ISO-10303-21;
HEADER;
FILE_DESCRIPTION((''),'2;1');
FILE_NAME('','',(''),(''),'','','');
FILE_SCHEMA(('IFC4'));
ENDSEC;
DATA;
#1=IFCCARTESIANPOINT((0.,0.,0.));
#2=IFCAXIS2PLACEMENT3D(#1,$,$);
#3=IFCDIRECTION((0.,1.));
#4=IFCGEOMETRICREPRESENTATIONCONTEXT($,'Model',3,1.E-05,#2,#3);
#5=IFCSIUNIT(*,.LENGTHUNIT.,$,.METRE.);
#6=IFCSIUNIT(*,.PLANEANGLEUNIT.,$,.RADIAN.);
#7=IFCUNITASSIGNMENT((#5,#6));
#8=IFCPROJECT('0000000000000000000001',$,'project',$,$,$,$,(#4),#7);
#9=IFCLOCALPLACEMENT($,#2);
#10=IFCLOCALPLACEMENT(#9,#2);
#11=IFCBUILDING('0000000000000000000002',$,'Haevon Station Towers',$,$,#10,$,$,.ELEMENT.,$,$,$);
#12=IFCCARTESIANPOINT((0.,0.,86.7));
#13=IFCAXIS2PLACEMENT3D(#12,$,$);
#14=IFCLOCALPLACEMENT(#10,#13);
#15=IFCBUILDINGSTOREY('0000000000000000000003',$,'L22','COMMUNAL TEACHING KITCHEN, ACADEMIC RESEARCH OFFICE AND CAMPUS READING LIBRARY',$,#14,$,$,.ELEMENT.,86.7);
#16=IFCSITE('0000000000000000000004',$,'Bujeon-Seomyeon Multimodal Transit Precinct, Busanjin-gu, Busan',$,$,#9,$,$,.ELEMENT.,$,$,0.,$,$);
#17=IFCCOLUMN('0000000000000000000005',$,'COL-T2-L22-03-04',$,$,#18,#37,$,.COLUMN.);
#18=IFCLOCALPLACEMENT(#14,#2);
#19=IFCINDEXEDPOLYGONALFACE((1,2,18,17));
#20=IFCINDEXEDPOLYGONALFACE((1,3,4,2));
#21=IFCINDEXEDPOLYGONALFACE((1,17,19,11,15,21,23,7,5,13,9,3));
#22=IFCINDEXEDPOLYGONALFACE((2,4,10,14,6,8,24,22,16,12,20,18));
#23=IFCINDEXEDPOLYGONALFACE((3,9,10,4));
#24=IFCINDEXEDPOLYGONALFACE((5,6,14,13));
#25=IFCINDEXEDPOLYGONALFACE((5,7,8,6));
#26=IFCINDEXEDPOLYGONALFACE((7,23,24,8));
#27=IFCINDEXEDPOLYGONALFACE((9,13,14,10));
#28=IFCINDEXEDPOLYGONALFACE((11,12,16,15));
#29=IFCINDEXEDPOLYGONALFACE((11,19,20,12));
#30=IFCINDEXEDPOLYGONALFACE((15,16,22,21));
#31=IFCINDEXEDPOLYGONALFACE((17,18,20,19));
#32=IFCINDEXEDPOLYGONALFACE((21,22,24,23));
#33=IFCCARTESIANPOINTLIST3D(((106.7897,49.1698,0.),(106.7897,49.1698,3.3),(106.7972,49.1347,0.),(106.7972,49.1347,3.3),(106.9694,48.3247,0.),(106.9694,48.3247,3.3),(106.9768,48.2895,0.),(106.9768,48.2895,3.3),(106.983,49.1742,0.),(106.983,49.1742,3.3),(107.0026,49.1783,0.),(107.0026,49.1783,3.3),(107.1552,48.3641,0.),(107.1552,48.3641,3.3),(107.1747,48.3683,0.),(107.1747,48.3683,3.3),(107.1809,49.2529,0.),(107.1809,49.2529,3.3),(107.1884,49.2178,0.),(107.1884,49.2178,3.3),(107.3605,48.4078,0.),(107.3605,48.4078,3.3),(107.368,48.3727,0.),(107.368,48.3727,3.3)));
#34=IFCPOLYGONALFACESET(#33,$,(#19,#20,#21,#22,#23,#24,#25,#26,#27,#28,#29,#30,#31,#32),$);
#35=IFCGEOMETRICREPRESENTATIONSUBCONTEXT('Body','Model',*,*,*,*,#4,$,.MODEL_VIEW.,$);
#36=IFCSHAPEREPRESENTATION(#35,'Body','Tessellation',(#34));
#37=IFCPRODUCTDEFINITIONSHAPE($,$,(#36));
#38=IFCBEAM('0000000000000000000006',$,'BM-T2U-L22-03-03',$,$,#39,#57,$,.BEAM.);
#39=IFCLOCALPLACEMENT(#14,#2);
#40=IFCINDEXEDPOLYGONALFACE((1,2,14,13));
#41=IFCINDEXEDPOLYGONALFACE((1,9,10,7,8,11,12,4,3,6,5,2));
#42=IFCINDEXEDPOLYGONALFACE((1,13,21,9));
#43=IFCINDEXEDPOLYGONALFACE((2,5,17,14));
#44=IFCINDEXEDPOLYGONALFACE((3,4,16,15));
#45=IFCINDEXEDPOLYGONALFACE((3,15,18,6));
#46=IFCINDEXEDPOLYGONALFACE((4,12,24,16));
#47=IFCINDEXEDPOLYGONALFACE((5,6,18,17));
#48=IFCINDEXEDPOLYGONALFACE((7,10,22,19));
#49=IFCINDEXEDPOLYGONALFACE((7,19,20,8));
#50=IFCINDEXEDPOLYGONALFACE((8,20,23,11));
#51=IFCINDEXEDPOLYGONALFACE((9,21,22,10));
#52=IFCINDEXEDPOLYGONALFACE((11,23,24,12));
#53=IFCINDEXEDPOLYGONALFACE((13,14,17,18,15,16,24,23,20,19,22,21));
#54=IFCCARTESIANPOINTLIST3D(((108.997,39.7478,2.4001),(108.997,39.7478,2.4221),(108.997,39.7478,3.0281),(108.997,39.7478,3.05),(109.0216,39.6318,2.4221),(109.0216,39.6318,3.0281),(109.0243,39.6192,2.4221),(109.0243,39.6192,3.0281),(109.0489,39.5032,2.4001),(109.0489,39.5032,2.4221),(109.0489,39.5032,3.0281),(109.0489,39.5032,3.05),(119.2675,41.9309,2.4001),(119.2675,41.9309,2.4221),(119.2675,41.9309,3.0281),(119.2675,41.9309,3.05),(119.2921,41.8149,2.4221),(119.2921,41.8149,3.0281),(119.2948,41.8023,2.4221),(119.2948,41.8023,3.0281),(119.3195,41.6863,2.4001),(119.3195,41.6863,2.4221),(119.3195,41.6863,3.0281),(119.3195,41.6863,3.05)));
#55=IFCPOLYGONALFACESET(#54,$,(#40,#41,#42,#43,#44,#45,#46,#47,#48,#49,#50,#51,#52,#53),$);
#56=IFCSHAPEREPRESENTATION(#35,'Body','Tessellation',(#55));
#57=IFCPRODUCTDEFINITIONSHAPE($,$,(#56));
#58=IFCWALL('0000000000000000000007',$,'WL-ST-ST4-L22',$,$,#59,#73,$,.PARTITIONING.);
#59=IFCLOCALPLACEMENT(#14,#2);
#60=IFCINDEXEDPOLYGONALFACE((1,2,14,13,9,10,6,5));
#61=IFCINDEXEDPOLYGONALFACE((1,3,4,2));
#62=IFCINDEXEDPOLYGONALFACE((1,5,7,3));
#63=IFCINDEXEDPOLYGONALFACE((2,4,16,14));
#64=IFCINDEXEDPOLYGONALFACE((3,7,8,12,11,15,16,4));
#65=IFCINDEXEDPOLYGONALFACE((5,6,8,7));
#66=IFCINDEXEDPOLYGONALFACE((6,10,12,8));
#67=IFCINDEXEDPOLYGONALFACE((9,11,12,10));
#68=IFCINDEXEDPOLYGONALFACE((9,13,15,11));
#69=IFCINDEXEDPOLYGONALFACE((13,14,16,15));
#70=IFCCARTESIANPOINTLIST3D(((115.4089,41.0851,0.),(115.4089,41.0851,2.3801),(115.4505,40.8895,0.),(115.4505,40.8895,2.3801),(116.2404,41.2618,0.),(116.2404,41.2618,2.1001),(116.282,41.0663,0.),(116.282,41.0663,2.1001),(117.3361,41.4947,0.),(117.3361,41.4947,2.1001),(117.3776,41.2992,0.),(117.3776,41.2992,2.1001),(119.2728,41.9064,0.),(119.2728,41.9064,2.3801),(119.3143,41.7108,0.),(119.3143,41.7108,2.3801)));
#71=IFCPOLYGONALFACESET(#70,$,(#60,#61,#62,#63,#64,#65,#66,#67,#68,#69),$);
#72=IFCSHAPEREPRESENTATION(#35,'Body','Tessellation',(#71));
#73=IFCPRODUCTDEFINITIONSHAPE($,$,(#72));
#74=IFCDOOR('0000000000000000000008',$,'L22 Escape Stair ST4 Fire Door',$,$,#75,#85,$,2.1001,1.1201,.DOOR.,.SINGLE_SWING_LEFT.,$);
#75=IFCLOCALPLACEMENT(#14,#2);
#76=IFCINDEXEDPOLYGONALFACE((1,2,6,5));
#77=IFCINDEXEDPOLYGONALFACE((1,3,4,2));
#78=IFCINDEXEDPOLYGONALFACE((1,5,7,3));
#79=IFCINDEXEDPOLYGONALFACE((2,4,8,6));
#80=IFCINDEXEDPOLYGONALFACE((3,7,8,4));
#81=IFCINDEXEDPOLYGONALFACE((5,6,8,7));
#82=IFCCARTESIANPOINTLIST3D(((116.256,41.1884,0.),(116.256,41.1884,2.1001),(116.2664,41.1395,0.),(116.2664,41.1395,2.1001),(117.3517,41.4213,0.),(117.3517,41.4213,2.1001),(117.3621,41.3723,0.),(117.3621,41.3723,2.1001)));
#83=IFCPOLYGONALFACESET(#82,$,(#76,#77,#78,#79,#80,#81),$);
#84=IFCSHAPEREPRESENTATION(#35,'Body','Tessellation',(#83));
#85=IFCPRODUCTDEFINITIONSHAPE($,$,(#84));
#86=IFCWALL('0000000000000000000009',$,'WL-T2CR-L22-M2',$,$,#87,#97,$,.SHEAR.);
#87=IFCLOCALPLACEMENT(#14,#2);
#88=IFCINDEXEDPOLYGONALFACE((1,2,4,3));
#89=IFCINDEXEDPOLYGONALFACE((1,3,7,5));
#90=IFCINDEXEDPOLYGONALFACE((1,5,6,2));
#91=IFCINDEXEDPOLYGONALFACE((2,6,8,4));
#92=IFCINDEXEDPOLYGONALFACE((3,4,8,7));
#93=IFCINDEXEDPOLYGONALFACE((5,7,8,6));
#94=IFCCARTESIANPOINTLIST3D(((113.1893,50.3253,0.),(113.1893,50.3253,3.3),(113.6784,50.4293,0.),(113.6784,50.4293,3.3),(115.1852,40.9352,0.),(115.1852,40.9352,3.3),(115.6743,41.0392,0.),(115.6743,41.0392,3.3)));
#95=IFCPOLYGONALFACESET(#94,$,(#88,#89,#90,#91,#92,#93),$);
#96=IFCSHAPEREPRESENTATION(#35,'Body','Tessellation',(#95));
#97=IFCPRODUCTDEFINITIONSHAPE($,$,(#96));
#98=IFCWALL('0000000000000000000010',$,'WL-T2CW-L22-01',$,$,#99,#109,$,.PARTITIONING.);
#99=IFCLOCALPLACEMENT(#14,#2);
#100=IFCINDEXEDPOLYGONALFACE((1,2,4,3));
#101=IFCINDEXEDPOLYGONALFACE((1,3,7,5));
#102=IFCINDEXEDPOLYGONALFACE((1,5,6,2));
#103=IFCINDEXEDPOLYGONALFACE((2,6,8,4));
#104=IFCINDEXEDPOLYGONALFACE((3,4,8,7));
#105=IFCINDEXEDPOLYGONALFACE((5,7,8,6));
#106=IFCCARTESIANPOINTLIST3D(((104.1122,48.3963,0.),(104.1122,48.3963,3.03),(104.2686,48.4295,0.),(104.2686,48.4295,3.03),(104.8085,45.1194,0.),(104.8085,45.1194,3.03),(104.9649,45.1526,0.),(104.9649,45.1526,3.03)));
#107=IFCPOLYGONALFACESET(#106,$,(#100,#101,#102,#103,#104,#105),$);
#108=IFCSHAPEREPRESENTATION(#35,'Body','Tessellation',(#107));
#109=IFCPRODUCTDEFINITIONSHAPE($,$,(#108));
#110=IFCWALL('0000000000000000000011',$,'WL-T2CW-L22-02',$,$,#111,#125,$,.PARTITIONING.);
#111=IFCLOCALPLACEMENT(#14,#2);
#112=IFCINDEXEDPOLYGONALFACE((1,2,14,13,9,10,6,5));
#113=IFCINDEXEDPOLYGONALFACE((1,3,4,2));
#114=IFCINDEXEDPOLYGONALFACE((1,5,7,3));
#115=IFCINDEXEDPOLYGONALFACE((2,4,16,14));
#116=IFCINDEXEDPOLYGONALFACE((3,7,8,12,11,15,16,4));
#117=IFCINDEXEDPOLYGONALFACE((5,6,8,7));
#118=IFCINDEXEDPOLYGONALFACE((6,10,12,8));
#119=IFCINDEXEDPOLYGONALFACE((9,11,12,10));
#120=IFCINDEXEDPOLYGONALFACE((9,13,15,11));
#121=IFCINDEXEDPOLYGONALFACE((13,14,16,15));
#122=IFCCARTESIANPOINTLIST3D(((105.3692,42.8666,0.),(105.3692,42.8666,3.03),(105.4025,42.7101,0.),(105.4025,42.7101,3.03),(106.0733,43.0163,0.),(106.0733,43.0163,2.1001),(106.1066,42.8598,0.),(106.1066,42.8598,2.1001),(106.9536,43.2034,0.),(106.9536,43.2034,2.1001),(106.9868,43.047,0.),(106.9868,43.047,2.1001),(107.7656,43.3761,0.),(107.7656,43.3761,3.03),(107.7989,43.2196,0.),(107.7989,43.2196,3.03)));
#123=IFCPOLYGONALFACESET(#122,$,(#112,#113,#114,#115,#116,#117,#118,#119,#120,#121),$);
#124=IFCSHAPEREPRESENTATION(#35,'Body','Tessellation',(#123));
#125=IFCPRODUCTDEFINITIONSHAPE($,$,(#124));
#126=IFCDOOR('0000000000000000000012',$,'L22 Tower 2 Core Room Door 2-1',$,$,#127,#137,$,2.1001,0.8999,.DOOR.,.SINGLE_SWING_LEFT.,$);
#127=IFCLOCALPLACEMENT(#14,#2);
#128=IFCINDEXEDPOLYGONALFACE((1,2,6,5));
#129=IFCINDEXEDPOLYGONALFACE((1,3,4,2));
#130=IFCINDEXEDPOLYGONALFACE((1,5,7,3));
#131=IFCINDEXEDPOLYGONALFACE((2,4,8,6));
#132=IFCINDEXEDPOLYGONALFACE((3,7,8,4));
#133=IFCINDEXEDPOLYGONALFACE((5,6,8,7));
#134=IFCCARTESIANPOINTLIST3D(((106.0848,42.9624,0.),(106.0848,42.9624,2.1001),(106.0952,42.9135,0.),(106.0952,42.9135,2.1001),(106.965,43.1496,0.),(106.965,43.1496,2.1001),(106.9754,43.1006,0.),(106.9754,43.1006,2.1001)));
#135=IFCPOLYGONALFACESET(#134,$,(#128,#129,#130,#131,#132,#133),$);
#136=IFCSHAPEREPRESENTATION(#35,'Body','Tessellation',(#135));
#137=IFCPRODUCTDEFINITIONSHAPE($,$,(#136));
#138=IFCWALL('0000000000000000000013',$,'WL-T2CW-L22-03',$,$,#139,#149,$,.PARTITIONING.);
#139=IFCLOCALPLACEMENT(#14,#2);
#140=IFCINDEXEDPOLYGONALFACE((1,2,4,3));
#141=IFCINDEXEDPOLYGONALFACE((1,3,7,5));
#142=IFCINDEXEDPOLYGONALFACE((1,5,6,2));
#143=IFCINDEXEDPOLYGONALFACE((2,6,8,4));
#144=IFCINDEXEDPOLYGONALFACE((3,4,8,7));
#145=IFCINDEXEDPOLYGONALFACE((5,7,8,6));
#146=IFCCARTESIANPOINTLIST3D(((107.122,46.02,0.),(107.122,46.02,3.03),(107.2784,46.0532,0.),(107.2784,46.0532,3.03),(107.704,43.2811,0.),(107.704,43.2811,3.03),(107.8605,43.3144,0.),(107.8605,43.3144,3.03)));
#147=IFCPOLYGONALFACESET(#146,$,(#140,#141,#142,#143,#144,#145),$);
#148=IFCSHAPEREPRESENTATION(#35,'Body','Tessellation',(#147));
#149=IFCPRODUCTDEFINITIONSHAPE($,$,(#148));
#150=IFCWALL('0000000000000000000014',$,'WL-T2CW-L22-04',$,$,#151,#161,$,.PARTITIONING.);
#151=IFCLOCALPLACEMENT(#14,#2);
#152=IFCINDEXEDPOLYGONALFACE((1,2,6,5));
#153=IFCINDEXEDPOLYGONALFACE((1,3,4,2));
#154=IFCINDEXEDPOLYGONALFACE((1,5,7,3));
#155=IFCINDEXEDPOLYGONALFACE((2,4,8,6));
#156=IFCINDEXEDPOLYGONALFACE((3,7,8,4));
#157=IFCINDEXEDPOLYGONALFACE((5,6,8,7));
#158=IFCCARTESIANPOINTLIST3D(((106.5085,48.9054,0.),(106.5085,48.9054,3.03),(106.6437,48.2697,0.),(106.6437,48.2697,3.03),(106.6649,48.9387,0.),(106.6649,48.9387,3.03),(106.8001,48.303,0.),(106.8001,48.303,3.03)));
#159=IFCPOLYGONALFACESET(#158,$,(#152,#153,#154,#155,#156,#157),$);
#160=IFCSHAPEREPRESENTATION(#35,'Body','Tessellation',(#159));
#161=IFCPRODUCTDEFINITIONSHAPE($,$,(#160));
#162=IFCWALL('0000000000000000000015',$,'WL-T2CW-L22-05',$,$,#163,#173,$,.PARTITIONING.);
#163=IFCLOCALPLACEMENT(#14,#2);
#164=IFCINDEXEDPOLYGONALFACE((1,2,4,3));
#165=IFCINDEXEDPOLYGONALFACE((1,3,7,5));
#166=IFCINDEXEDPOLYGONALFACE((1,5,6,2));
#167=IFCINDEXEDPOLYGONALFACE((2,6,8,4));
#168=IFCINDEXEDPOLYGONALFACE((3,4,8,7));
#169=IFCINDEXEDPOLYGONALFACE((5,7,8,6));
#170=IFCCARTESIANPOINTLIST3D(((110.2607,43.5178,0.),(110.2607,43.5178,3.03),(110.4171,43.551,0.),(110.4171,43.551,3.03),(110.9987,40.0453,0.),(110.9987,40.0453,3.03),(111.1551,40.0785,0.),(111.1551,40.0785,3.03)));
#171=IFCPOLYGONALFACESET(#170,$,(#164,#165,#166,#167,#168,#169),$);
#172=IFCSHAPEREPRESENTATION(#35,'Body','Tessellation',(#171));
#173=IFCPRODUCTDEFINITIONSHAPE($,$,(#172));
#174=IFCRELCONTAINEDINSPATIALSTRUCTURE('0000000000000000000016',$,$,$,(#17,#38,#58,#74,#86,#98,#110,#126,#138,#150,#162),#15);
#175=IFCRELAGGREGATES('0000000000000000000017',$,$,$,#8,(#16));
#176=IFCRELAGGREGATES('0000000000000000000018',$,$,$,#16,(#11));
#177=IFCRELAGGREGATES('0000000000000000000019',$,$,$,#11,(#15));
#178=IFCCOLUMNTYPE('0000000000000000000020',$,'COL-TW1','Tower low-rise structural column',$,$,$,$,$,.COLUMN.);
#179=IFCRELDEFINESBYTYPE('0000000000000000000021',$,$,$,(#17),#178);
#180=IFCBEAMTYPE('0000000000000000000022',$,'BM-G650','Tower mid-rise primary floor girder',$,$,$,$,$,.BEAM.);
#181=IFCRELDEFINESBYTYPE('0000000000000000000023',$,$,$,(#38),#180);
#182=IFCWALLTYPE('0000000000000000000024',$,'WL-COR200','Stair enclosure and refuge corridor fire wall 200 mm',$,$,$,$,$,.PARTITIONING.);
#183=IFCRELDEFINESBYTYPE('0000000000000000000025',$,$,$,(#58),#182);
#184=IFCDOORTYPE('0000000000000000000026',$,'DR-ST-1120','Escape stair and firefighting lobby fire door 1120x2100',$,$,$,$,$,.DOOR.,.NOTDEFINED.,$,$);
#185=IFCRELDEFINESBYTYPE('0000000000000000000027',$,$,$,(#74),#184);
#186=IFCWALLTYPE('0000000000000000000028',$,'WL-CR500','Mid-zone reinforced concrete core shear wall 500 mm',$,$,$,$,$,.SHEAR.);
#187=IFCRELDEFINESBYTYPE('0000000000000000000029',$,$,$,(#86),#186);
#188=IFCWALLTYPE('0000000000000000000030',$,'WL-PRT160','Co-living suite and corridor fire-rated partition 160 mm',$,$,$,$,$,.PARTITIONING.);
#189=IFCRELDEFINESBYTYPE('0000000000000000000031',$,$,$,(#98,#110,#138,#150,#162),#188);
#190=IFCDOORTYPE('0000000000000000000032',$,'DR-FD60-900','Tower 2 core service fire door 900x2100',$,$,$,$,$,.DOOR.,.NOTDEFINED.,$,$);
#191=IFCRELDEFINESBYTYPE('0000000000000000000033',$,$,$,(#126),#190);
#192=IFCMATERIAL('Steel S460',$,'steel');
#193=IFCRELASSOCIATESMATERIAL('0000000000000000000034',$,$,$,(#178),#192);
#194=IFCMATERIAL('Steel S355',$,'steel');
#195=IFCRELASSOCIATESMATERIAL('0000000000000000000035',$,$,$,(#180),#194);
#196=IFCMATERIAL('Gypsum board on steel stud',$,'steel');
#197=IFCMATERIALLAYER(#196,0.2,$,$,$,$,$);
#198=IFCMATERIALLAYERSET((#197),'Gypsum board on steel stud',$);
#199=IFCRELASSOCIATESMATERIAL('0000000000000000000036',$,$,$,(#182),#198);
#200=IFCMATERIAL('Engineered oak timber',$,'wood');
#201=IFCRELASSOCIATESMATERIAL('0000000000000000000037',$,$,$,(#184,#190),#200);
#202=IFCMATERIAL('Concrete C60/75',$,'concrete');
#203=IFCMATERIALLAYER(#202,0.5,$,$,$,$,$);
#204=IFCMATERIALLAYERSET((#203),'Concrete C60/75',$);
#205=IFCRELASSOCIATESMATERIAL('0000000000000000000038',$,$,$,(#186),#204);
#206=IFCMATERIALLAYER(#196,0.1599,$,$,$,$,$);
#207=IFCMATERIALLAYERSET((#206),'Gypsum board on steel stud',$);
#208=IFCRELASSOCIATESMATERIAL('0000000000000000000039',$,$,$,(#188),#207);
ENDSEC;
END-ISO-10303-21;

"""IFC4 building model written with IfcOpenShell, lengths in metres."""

from ifc_helpers import new_model, si_unit, direction, frame, frame_2d, origin, origin_2d, place, context, subcontext, project, spatial, rectangle, i_section, extrude, material, layer, layer_set, material_profile, profile_set, type_object, element, fill, save


model = new_model("IFC4")

# Units and contexts
model_context = context("Model", 3, precision=1e-05, world=origin(), true_north=direction((0.0, 1.0)))
body_context = subcontext(model_context, "Body", "Model", "MODEL_VIEW")
ifc_project = project(units=[si_unit("LENGTHUNIT", "METRE"), si_unit("PLANEANGLEUNIT", "RADIAN")], contexts=[model_context])

# Site, building, storey
site_placement = place(None, origin())
site = spatial("IfcSite", under=ifc_project, at=site_placement, Name="Bujeon-Seomyeon Multimodal Transit Precinct, Busanjin-gu, Busan", CompositionType="ELEMENT", RefElevation=0.0)
building_placement = place(site_placement, origin())
building = spatial("IfcBuilding", under=site, at=building_placement, Name="Haevon Station Towers", CompositionType="ELEMENT")
storey_placement = place(building_placement, frame((0.0, 0.0, 86.7)))
storey = spatial("IfcBuildingStorey", under=building, at=storey_placement, Name="L22", Description="COMMUNAL TEACHING KITCHEN, ACADEMIC RESEARCH OFFICE AND CAMPUS READING LIBRARY", CompositionType="ELEMENT", Elevation=86.7)

# Column
ifc_material_1 = material(Name="Steel S460", Category="steel")
ifc_material_profile_1 = material_profile(ifc_material_1, i_section(OverallWidth=0.3999, OverallDepth=0.8999, WebThickness=0.02, FlangeThickness=0.0359, at=origin_2d()), Name="H-900x400x20x36")
ifc_profile_set_1 = profile_set([ifc_material_profile_1], Name="Steel S460")
column_type = type_object("IfcColumnType", Name="COL-TW1", Description="Tower low-rise structural column", PredefinedType="COLUMN", material=ifc_profile_set_1)
column_placement = place(storey_placement, frame((107.0789, 48.7712, 0.0), z_axis=(0.0, 0.0, 1.0), x_axis=(0.978148, 0.207912, 0.0)))
element("IfcColumn", 1, at=column_placement, inside=storey, type_object=column_type, Name="COL-T2-L22-03-04", PredefinedType="COLUMN", context=body_context, shape_type="SweptSolid", body=[
    extrude(i_section(OverallWidth=0.3999, OverallDepth=0.8999, WebThickness=0.02, FlangeThickness=0.0359, at=origin_2d()), origin(), (0.0, 0.0, 1.0), 3.3),
])

# Beam
ifc_material_2 = material(Name="Steel S355", Category="steel")
ifc_material_profile_2 = material_profile(ifc_material_2, i_section(OverallWidth=0.25, OverallDepth=0.6499, WebThickness=0.0129, FlangeThickness=0.022, at=origin_2d()), Name="H-650x250x13x22")
ifc_profile_set_2 = profile_set([ifc_material_profile_2], Name="Steel S355")
beam_type = type_object("IfcBeamType", Name="BM-G650", Description="Tower mid-rise primary floor girder", PredefinedType="BEAM", material=ifc_profile_set_2)
beam_placement = place(storey_placement, frame((109.0229, 39.6255, 2.7251), z_axis=(0.978147, 0.207915, 0.0), x_axis=(-0.207915, 0.978147, 0.0)))
element("IfcBeam", 2, at=beam_placement, inside=storey, type_object=beam_type, Name="BM-T2U-L22-03-03", PredefinedType="BEAM", context=body_context, shape_type="SweptSolid", body=[
    extrude(i_section(OverallWidth=0.25, OverallDepth=0.6499, WebThickness=0.0129, FlangeThickness=0.022, at=origin_2d()), origin(), (0.0, 0.0, 1.0), 10.5),
])

# Wall, opening, door
ifc_material_3 = material(Name="Gypsum board on steel stud", Category="steel")
ifc_layer_1 = layer(ifc_material_3, 0.2)
ifc_layer_set_1 = layer_set([ifc_layer_1], Name="Gypsum board on steel stud")
wall_type_1 = type_object("IfcWallType", Name="WL-COR200", Description="Stair enclosure and refuge corridor fire wall 200 mm", PredefinedType="PARTITIONING", material=ifc_layer_set_1)
wall_1_placement = place(storey_placement, frame((115.4297, 40.9873, 0.0), z_axis=(0.0, 0.0, 1.0), x_axis=(0.978147, 0.207916, 0.0)))
wall_1 = element("IfcWall", 3, at=wall_1_placement, inside=storey, type_object=wall_type_1, Name="WL-ST-ST4-L22", PredefinedType="PARTITIONING", context=body_context, shape_type="SweptSolid", body=[
    extrude(rectangle(XDim=3.9502, YDim=0.2, at=frame_2d((1.9751, 0.0))), origin(), (0.0, 0.0, 1.0), 2.3801),
])
opening_1_placement = place(wall_1_placement, frame((0.8501, 0.0, 0.0)))
opening_1 = element("IfcOpeningElement", 4, at=opening_1_placement, cuts=wall_1, PredefinedType="OPENING", context=body_context, shape_type="SweptSolid", body=[
    extrude(rectangle(XDim=1.1201, YDim=2.1001, at=frame_2d((0.5601, 1.05))), frame((0.0, 0.1099, 0.0), z_axis=(0.0, -1.0, 0.0), x_axis=(1.0, 0.0, 0.0)), (0.0, 0.0, 1.0), 0.22),
])
ifc_material_4 = material(Name="Engineered oak timber", Category="wood")
door_type_1 = type_object("IfcDoorType", Name="DR-ST-1120", Description="Escape stair and firefighting lobby fire door 1120x2100", OperationType="NOTDEFINED", PredefinedType="DOOR", material=ifc_material_4)
door_1_placement = place(opening_1_placement, origin())
door_1 = element("IfcDoor", 5, at=door_1_placement, inside=storey, type_object=door_type_1, Name="L22 Escape Stair ST4 Fire Door", OperationType="SINGLE_SWING_LEFT", OverallHeight=2.1001, OverallWidth=1.1201, PredefinedType="DOOR", context=body_context, shape_type="SweptSolid", body=[
    extrude(rectangle(XDim=1.1201, YDim=2.1001, at=frame_2d((0.5601, 1.05))), frame((0.0, 0.0249, 0.0), z_axis=(0.0, -1.0, 0.0), x_axis=(1.0, 0.0, 0.0)), (0.0, 0.0, 1.0), 0.05),
])
fill(opening_1, door_1)

# Walls
ifc_material_5 = material(Name="Concrete C60/75", Category="concrete")
ifc_layer_2 = layer(ifc_material_5, 0.5)
ifc_layer_set_2 = layer_set([ifc_layer_2], Name="Concrete C60/75")
wall_type_2 = type_object("IfcWallType", Name="WL-CR500", Description="Mid-zone reinforced concrete core shear wall 500 mm", PredefinedType="SHEAR", material=ifc_layer_set_2)
wall_2_placement = place(storey_placement, frame((115.4297, 40.9873, 0.0), z_axis=(0.0, 0.0, 1.0), x_axis=(-0.207903, 0.978149, 0.0)))
element("IfcWall", 6, at=wall_2_placement, inside=storey, type_object=wall_type_2, Name="WL-T2CR-L22-M2", PredefinedType="SHEAR", context=body_context, shape_type="SweptSolid", body=[
    extrude(rectangle(XDim=9.5999, YDim=0.5, at=frame_2d((4.7998, 0.0))), origin(), (0.0, 0.0, 1.0), 3.3),
])
ifc_layer_3 = layer(ifc_material_3, 0.1599)
ifc_layer_set_3 = layer_set([ifc_layer_3], Name="Gypsum board on steel stud")
wall_type_3 = type_object("IfcWallType", Name="WL-PRT160", Description="Co-living suite and corridor fire-rated partition 160 mm", PredefinedType="PARTITIONING", material=ifc_layer_set_3)
wall_3_placement = place(storey_placement, frame((104.8867, 45.136, 0.0), z_axis=(0.0, 0.0, 1.0), x_axis=(-0.207847, 0.978161, 0.0)))
element("IfcWall", 7, at=wall_3_placement, inside=storey, type_object=wall_type_3, Name="WL-T2CW-L22-01", PredefinedType="PARTITIONING", context=body_context, shape_type="SweptSolid", body=[
    extrude(rectangle(XDim=3.3501, YDim=0.1599, at=frame_2d((1.675, 0.0))), origin(), (0.0, 0.0, 1.0), 3.03),
])

# Wall, opening, door
wall_4_placement = place(storey_placement, frame((105.3857, 42.7883, 0.0), z_axis=(0.0, 0.0, 1.0), x_axis=(0.978137, 0.207964, 0.0)))
wall_4 = element("IfcWall", 8, at=wall_4_placement, inside=storey, type_object=wall_type_3, Name="WL-T2CW-L22-02", PredefinedType="PARTITIONING", context=body_context, shape_type="SweptSolid", body=[
    extrude(rectangle(XDim=2.45, YDim=0.1599, at=frame_2d((1.2251, 0.0))), origin(), (0.0, 0.0, 1.0), 3.03),
])
opening_2_placement = place(wall_4_placement, frame((0.72, 0.0, 0.0)))
opening_2 = element("IfcOpeningElement", 9, at=opening_2_placement, cuts=wall_4, PredefinedType="OPENING", context=body_context, shape_type="SweptSolid", body=[
    extrude(rectangle(XDim=0.8999, YDim=2.1001, at=frame_2d((0.45, 1.05))), frame((0.0, 0.0898, 0.0), z_axis=(0.0, -1.0, 0.0), x_axis=(1.0, 0.0, 0.0)), (0.0, 0.0, 1.0), 0.1799),
])
door_type_2 = type_object("IfcDoorType", Name="DR-FD60-900", Description="Tower 2 core service fire door 900x2100", OperationType="NOTDEFINED", PredefinedType="DOOR", material=ifc_material_4)
door_2_placement = place(opening_2_placement, origin())
door_2 = element("IfcDoor", 10, at=door_2_placement, inside=storey, type_object=door_type_2, Name="L22 Tower 2 Core Room Door 2-1", OperationType="SINGLE_SWING_LEFT", OverallHeight=2.1001, OverallWidth=0.8999, PredefinedType="DOOR", context=body_context, shape_type="SweptSolid", body=[
    extrude(rectangle(XDim=0.8999, YDim=2.1001, at=frame_2d((0.45, 1.05))), frame((0.0, 0.0249, 0.0), z_axis=(0.0, -1.0, 0.0), x_axis=(1.0, 0.0, 0.0)), (0.0, 0.0, 1.0), 0.05),
])
fill(opening_2, door_2)

# Walls
wall_5_placement = place(storey_placement, frame((107.7822, 43.2979, 0.0), z_axis=(0.0, 0.0, 1.0), x_axis=(-0.207873, 0.978156, 0.0)))
element("IfcWall", 11, at=wall_5_placement, inside=storey, type_object=wall_type_3, Name="WL-T2CW-L22-03", PredefinedType="PARTITIONING", context=body_context, shape_type="SweptSolid", body=[
    extrude(rectangle(XDim=2.8, YDim=0.1599, at=frame_2d((1.3999, 0.0))), origin(), (0.0, 0.0, 1.0), 3.03),
])
wall_6_placement = place(storey_placement, frame((106.7219, 48.2864, 0.0), z_axis=(0.0, 0.0, 1.0), x_axis=(-0.208092, 0.978109, 0.0)))
element("IfcWall", 12, at=wall_6_placement, inside=storey, type_object=wall_type_3, Name="WL-T2CW-L22-04", PredefinedType="PARTITIONING", context=body_context, shape_type="SweptSolid", body=[
    extrude(rectangle(XDim=0.6499, YDim=0.1599, at=frame_2d((0.325, 0.0))), origin(), (0.0, 0.0, 1.0), 3.03),
])
for number, where, z_axis, x_axis, name in (
    (13, (111.0769, 40.062, 0.0), (0.0, 0.0, 1.0), (-0.207899, 0.97815, 0.0), "WL-T2CW-L22-05"),
):
    element("IfcWall", number, at=place(storey_placement, frame(where, z_axis=z_axis, x_axis=x_axis)), inside=storey, type_object=wall_type_3, Name=name, PredefinedType="PARTITIONING", context=body_context, shape_type="SweptSolid", body=[
        extrude(rectangle(XDim=3.55, YDim=0.1599, at=frame_2d((1.7749, 0.0))), origin(), (0.0, 0.0, 1.0), 3.03),
    ])

save(model, "model.ifc")
